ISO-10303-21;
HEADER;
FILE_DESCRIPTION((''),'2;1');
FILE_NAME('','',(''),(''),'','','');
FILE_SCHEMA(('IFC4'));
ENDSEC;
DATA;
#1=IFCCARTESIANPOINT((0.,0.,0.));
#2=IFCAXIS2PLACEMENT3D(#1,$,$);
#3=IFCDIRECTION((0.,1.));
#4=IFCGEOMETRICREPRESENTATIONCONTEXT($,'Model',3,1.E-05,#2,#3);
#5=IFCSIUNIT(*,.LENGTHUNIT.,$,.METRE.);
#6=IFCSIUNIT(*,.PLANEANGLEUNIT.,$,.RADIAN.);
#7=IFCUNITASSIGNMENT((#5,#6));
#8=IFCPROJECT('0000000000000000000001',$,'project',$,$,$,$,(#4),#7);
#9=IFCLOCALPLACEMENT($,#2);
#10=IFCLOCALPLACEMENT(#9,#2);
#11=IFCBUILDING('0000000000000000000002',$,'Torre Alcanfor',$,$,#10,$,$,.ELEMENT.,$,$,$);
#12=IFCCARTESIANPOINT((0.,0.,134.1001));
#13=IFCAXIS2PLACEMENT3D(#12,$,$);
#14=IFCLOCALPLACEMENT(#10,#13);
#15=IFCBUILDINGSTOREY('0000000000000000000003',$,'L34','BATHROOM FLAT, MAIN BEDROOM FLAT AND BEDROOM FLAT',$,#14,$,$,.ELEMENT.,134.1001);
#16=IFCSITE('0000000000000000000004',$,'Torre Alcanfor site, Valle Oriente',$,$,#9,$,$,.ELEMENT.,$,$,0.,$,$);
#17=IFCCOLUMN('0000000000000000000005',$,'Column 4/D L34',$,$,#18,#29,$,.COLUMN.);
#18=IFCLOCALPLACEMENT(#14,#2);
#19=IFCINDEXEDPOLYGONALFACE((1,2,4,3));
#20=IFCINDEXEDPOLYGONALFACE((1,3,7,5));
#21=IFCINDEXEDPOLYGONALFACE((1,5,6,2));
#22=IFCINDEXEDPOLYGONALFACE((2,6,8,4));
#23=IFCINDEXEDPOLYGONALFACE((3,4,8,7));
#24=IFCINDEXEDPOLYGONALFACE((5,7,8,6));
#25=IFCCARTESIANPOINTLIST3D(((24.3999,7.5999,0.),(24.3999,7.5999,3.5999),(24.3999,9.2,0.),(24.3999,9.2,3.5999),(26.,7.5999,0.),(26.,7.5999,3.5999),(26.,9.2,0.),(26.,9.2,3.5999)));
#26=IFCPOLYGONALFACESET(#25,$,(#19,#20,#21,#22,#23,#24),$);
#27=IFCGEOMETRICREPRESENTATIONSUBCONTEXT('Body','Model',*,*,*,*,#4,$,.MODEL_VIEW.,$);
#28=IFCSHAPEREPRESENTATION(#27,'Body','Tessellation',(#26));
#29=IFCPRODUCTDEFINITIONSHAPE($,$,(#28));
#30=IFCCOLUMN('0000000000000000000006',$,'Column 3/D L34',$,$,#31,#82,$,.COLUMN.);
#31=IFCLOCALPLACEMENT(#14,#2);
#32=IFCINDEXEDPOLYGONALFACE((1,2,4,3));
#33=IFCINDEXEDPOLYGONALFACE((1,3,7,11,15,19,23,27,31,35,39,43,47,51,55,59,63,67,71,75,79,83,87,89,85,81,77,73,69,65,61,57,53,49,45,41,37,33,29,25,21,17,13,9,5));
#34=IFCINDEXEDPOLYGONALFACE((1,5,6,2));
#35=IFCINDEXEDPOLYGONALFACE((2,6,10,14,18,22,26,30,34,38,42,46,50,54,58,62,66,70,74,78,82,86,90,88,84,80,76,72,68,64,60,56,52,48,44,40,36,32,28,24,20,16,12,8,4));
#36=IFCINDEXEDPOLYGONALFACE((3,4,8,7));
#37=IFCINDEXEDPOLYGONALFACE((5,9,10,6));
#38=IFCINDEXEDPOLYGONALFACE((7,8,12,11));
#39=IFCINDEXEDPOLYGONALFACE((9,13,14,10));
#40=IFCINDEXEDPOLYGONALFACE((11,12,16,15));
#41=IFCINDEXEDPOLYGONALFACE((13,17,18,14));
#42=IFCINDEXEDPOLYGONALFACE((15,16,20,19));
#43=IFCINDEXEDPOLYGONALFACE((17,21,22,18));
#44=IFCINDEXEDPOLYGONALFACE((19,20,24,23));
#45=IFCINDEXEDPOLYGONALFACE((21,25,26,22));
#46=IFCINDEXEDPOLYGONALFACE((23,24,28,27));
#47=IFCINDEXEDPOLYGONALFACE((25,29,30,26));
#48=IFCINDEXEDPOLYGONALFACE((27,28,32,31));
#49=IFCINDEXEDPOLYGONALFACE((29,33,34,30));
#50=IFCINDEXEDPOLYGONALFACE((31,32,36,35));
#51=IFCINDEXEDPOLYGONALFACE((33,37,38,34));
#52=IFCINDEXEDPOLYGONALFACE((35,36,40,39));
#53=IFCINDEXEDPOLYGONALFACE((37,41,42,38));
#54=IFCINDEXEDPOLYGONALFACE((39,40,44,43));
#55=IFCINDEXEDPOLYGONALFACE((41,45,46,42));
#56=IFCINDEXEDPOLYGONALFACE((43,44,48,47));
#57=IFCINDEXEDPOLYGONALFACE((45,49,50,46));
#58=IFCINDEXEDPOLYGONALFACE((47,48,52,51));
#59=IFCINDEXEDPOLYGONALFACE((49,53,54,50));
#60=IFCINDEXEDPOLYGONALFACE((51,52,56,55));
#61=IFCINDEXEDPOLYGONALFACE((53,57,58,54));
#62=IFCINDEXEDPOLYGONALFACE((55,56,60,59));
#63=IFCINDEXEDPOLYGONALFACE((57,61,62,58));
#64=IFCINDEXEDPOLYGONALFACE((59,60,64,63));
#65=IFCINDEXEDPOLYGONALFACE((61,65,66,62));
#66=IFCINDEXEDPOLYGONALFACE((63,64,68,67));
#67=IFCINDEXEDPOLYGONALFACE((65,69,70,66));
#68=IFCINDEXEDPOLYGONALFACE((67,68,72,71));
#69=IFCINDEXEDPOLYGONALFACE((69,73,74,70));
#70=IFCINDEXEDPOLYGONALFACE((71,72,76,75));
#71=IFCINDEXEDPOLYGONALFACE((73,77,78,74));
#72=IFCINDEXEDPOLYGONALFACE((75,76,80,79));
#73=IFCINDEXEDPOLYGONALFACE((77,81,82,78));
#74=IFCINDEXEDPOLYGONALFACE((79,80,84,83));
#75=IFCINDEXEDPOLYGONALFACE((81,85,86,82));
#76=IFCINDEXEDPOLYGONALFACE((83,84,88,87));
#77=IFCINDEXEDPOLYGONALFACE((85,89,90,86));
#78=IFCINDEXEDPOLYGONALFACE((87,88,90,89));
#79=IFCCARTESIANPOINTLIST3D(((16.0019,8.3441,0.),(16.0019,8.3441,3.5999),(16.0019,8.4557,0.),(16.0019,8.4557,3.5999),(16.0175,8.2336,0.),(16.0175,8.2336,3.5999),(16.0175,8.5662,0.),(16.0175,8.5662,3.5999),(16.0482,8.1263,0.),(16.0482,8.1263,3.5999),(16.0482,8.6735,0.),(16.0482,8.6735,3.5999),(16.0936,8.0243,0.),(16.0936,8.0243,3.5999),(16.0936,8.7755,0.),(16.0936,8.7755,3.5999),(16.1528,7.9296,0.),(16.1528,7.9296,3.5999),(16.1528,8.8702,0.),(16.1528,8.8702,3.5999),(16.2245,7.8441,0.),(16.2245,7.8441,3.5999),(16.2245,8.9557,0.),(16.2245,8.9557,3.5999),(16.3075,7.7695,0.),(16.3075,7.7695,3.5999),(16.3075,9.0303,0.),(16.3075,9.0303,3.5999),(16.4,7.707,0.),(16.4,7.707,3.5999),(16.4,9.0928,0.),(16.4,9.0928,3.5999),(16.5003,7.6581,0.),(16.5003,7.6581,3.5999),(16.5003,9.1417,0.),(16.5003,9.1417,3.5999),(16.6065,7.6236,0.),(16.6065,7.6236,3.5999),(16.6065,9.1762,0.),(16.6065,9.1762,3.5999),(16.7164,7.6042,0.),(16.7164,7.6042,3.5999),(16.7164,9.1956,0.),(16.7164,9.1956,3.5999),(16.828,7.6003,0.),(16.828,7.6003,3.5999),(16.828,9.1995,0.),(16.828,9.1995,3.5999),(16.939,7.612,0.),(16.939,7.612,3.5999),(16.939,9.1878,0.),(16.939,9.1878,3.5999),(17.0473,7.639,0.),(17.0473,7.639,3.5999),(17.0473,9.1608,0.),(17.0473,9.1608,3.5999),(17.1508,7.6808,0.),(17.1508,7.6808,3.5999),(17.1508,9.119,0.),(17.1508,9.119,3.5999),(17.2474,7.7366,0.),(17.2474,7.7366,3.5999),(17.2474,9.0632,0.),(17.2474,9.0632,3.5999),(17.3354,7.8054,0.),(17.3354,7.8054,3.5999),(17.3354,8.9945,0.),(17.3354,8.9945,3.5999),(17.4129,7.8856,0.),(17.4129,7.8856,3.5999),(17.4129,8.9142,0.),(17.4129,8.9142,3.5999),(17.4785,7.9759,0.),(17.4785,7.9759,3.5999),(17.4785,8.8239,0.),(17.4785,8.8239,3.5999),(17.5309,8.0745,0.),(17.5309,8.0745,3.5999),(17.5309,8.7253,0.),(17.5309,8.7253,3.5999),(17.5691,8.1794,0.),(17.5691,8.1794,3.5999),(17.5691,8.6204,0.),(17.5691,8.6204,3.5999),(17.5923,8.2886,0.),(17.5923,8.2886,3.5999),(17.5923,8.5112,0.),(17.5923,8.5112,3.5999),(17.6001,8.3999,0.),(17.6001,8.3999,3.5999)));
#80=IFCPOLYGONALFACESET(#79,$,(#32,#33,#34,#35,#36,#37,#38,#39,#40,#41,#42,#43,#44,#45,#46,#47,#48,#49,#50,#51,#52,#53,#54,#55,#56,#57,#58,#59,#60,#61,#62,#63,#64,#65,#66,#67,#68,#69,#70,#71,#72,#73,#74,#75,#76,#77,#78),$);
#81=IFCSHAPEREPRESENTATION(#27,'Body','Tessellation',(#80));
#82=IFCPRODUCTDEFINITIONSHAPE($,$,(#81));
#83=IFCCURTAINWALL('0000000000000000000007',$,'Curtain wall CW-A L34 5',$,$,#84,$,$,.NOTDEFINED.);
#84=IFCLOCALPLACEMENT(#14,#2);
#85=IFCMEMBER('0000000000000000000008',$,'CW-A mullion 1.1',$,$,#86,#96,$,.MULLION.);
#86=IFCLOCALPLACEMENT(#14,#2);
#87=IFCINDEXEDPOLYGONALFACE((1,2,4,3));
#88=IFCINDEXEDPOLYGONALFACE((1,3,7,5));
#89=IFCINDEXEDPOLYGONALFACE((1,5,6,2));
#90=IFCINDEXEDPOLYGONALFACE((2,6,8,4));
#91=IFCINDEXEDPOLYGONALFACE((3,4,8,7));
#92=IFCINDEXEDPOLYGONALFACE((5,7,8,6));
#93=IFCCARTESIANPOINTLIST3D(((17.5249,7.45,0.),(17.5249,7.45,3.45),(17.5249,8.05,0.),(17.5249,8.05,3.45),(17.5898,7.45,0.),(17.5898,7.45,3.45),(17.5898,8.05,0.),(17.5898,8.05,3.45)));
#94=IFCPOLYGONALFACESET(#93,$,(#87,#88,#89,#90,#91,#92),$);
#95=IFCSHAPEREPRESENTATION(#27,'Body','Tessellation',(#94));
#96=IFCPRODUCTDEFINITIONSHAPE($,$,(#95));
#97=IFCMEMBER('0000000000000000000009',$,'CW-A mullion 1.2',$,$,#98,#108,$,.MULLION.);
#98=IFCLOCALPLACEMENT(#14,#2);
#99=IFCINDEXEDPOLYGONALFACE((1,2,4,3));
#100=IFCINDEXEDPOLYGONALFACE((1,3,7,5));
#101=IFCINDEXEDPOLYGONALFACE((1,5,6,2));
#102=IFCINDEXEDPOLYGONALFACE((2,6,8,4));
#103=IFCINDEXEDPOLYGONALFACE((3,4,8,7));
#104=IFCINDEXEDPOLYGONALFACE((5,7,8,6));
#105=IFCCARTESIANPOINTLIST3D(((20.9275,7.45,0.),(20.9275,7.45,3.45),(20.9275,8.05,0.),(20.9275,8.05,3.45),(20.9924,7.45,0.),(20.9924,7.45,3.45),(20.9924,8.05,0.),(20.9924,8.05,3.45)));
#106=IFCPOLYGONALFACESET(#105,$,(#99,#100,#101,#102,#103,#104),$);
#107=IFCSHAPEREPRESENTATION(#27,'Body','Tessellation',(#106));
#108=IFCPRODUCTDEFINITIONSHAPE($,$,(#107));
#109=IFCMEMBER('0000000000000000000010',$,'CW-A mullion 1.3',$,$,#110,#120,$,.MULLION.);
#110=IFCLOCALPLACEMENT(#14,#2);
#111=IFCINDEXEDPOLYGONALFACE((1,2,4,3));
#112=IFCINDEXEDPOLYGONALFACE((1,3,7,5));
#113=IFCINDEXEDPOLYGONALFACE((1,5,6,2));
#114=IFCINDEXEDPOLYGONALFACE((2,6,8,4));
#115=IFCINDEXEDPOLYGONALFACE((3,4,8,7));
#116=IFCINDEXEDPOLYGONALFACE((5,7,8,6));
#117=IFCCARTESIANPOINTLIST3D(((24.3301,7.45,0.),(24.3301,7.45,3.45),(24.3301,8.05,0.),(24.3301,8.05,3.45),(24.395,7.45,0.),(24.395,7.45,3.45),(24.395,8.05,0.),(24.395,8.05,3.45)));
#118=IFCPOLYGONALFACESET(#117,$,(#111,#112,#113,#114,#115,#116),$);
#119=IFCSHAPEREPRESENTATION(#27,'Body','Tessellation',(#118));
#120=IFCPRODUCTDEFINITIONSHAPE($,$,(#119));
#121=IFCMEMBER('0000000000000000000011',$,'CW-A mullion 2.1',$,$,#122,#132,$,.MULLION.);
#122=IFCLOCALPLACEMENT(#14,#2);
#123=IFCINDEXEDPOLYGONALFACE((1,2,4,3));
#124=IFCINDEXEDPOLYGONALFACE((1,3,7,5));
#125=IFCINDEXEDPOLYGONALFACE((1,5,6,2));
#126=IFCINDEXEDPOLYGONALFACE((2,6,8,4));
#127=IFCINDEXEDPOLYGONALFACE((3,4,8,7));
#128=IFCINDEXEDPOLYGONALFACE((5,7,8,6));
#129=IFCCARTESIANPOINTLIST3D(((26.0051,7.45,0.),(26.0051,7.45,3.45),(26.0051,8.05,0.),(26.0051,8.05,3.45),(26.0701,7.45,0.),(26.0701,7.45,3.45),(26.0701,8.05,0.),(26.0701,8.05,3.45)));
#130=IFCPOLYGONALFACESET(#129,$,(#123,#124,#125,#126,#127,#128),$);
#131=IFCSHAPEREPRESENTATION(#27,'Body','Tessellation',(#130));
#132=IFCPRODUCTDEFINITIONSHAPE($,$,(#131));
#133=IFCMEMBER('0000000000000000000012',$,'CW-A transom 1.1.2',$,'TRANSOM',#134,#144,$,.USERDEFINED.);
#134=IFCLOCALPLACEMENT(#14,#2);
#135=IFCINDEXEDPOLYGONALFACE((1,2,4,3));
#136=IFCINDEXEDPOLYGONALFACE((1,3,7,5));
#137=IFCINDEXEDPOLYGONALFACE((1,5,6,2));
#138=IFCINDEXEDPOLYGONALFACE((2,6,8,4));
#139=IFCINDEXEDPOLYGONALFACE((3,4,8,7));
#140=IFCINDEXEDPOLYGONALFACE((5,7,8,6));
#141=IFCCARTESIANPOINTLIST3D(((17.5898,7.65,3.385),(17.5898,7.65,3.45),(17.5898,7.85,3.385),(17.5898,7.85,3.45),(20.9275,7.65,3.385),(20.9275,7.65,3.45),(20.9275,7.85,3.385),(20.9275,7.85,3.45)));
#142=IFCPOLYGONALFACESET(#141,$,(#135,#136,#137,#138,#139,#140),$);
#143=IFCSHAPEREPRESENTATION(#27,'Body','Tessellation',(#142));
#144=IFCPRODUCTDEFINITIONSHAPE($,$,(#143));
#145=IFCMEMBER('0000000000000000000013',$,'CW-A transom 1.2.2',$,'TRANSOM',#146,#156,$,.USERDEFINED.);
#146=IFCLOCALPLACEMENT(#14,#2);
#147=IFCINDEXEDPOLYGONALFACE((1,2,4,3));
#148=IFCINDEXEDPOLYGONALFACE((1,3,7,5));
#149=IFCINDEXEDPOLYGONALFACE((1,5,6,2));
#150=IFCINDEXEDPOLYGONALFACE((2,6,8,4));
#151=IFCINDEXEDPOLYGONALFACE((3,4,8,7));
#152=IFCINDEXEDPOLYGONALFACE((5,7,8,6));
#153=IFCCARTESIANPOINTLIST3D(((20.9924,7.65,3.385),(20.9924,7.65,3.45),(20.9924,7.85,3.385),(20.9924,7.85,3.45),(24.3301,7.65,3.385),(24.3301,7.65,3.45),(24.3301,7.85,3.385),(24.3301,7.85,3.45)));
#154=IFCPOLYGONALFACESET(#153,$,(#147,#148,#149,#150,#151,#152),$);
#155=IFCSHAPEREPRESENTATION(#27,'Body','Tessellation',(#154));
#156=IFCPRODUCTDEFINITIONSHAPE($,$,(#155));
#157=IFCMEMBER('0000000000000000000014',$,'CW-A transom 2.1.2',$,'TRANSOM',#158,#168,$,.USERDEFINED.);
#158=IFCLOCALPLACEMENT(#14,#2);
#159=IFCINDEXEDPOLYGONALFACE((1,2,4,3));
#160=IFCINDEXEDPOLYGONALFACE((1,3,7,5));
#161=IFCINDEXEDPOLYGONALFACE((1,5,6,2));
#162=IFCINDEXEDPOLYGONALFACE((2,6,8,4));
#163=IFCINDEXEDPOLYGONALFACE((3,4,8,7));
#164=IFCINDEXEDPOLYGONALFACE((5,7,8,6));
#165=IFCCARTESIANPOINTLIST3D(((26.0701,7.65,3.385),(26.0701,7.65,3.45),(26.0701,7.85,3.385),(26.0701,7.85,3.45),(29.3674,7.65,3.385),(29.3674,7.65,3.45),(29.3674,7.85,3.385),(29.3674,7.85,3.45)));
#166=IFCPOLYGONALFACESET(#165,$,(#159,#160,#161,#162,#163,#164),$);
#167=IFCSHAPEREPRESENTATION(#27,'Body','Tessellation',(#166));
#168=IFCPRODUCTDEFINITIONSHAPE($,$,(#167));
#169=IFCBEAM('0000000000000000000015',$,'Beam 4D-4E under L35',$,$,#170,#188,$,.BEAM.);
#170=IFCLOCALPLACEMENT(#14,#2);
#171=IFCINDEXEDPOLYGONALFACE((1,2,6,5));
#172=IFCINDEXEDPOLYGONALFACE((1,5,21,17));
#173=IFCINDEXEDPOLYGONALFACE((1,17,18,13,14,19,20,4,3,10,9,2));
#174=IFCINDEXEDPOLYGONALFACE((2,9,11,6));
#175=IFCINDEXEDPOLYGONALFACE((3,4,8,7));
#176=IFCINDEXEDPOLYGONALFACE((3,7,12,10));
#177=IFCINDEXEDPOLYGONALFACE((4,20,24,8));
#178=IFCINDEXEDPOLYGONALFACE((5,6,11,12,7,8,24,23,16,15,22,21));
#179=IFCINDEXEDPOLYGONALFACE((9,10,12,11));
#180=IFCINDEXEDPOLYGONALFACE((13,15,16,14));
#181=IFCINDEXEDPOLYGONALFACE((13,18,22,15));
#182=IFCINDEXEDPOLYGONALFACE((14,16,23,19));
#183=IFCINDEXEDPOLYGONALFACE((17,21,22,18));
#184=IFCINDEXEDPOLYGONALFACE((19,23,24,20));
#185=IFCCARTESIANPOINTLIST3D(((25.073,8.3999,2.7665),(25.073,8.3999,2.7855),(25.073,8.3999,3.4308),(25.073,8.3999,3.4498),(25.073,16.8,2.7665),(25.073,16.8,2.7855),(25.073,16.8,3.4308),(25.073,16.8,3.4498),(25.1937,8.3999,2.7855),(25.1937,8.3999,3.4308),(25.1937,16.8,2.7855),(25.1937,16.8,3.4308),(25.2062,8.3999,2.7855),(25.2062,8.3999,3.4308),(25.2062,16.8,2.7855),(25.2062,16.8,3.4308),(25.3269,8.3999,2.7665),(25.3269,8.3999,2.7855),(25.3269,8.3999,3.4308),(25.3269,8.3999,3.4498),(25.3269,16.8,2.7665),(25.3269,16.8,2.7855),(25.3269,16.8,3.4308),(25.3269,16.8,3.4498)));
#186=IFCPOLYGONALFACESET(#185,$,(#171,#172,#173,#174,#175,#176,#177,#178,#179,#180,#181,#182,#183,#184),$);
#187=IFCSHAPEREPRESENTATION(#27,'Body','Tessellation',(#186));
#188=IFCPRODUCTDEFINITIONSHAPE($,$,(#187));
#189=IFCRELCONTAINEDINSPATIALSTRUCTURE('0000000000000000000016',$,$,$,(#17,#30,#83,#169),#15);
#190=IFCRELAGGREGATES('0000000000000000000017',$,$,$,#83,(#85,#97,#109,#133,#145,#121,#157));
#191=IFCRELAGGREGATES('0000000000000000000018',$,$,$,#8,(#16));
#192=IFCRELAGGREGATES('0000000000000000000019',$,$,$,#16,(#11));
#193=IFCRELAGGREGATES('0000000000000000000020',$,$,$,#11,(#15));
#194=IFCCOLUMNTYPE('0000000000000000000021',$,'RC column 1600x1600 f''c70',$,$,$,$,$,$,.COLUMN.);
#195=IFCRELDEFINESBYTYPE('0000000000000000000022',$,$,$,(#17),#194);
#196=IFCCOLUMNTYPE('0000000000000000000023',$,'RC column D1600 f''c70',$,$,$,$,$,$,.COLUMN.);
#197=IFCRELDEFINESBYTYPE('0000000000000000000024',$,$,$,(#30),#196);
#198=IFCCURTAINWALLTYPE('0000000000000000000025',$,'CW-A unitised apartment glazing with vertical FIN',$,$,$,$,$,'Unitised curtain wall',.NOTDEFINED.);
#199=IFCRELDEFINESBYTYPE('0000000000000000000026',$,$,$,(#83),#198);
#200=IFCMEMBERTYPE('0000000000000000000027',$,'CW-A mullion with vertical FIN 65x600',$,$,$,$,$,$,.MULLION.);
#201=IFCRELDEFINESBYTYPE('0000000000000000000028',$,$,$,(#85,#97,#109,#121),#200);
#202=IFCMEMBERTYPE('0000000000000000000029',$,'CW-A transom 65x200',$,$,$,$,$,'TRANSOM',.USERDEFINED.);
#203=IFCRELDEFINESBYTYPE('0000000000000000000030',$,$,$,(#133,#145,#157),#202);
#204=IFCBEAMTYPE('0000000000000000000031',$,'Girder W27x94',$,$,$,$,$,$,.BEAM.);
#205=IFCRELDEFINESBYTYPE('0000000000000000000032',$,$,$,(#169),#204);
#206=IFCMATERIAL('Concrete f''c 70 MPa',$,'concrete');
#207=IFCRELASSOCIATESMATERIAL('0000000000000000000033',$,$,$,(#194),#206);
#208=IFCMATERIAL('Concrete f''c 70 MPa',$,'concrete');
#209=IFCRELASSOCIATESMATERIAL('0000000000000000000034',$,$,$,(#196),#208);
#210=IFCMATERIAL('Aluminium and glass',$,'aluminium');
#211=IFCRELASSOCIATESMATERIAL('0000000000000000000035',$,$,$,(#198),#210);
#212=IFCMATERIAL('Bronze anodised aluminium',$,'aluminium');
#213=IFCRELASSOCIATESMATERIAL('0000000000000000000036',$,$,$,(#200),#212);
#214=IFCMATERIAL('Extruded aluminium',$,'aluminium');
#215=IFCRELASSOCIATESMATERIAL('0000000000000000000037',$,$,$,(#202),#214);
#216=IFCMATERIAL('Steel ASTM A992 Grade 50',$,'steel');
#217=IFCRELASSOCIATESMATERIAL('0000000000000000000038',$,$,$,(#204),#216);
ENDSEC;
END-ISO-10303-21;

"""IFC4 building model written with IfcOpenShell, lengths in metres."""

from ifc_helpers import new_model, si_unit, direction, frame, origin, origin_2d, place, context, subcontext, project, spatial, rectangle, circle, i_section, extrude, material, material_profile, profile_set, type_object, element, aggregate, save


model = new_model("IFC4")

# Units and contexts
model_context = context("Model", 3, precision=1e-05, world=origin(), true_north=direction((0.0, 1.0)))
body_context = subcontext(model_context, "Body", "Model", "MODEL_VIEW")
ifc_project = project(units=[si_unit("LENGTHUNIT", "METRE"), si_unit("PLANEANGLEUNIT", "RADIAN")], contexts=[model_context])

# Site, building, storey
site_placement = place(None, origin())
site = spatial("IfcSite", under=ifc_project, at=site_placement, Name="Torre Alcanfor site, Valle Oriente", CompositionType="ELEMENT", RefElevation=0.0)
building_placement = place(site_placement, origin())
building = spatial("IfcBuilding", under=site, at=building_placement, Name="Torre Alcanfor", CompositionType="ELEMENT")
storey_placement = place(building_placement, frame((0.0, 0.0, 134.1001)))
storey = spatial("IfcBuildingStorey", under=building, at=storey_placement, Name="L34", Description="BATHROOM FLAT, MAIN BEDROOM FLAT AND BEDROOM FLAT", CompositionType="ELEMENT", Elevation=134.1001)

# Columns
ifc_material_1 = material(Name="Concrete f'c 70 MPa", Category="concrete")
ifc_material_profile_1 = material_profile(ifc_material_1, rectangle(XDim=1.6001, YDim=1.6001, at=origin_2d()), Name="1600x1600")
ifc_profile_set_1 = profile_set([ifc_material_profile_1], Name="Concrete f'c 70 MPa")
column_type_1 = type_object("IfcColumnType", Name="RC column 1600x1600 f'c70", PredefinedType="COLUMN", material=ifc_profile_set_1)
column_1_placement = place(storey_placement, frame((25.2, 8.3999, 0.0), z_axis=(0.0, 0.0, 1.0), x_axis=(1.0, 0.0, 0.0)))
element("IfcColumn", 1, at=column_1_placement, inside=storey, type_object=column_type_1, Name="Column 4/D L34", PredefinedType="COLUMN", context=body_context, shape_type="SweptSolid", body=[
    extrude(rectangle(XDim=1.6001, YDim=1.6001, at=origin_2d()), origin(), (0.0, 0.0, 1.0), 3.5999),
])
ifc_material_2 = material(Name="Concrete f'c 70 MPa", Category="concrete")
ifc_material_profile_2 = material_profile(ifc_material_2, circle(Radius=0.8, at=origin_2d()), Name="D1600")
ifc_profile_set_2 = profile_set([ifc_material_profile_2], Name="Concrete f'c 70 MPa")
column_type_2 = type_object("IfcColumnType", Name="RC column D1600 f'c70", PredefinedType="COLUMN", material=ifc_profile_set_2)
column_2_placement = place(storey_placement, frame((16.8, 8.3999, 0.0), z_axis=(0.0, 0.0, 1.0), x_axis=(1.0, 0.0, 0.0)))
element("IfcColumn", 2, at=column_2_placement, inside=storey, type_object=column_type_2, Name="Column 3/D L34", PredefinedType="COLUMN", context=body_context, shape_type="SweptSolid", body=[
    extrude(circle(Radius=0.8, at=origin_2d()), origin(), (0.0, 0.0, 1.0), 3.5999),
])

# Curtain wall, members
ifc_material_3 = material(Name="Aluminium and glass", Category="aluminium")
curtain_wall_type = type_object("IfcCurtainWallType", Name="CW-A unitised apartment glazing with vertical FIN", ElementType="Unitised curtain wall", PredefinedType="NOTDEFINED", material=ifc_material_3)
curtain_wall_placement = place(storey_placement, origin())
curtain_wall = element("IfcCurtainWall", 3, at=curtain_wall_placement, inside=storey, type_object=curtain_wall_type, Name="Curtain wall CW-A L34 5", PredefinedType="NOTDEFINED")
ifc_material_4 = material(Name="Bronze anodised aluminium", Category="aluminium")
ifc_material_profile_3 = material_profile(ifc_material_4, rectangle(XDim=0.6001, YDim=0.0649, at=origin_2d()), Name="CW-A mullion 65x600")
ifc_profile_set_3 = profile_set([ifc_material_profile_3], Name="Bronze anodised aluminium")
member_type_1 = type_object("IfcMemberType", Name="CW-A mullion with vertical FIN 65x600", PredefinedType="MULLION", material=ifc_profile_set_3)
member_1_placement = place(storey_placement, frame((17.5574, 7.75, 0.0), z_axis=(0.0, 0.0, 1.0), x_axis=(0.0, 1.0, 0.0)))
member_1 = element("IfcMember", 4, at=member_1_placement, type_object=member_type_1, Name="CW-A mullion 1.1", PredefinedType="MULLION", context=body_context, shape_type="SweptSolid", body=[
    extrude(rectangle(XDim=0.6001, YDim=0.0649, at=origin_2d()), origin(), (0.0, 0.0, 1.0), 3.45),
])
member_2_placement = place(storey_placement, frame((20.96, 7.75, 0.0), z_axis=(0.0, 0.0, 1.0), x_axis=(0.0, 1.0, 0.0)))
member_2 = element("IfcMember", 5, at=member_2_placement, type_object=member_type_1, Name="CW-A mullion 1.2", PredefinedType="MULLION", context=body_context, shape_type="SweptSolid", body=[
    extrude(rectangle(XDim=0.6001, YDim=0.0649, at=origin_2d()), origin(), (0.0, 0.0, 1.0), 3.45),
])
member_3_placement = place(storey_placement, frame((24.3625, 7.75, 0.0), z_axis=(0.0, 0.0, 1.0), x_axis=(0.0, 1.0, 0.0)))
member_3 = element("IfcMember", 6, at=member_3_placement, type_object=member_type_1, Name="CW-A mullion 1.3", PredefinedType="MULLION", context=body_context, shape_type="SweptSolid", body=[
    extrude(rectangle(XDim=0.6001, YDim=0.0649, at=origin_2d()), origin(), (0.0, 0.0, 1.0), 3.45),
])
member_4_placement = place(storey_placement, frame((26.0376, 7.75, 0.0), z_axis=(0.0, 0.0, 1.0), x_axis=(0.0, 1.0, 0.0)))
member_4 = element("IfcMember", 7, at=member_4_placement, type_object=member_type_1, Name="CW-A mullion 2.1", PredefinedType="MULLION", context=body_context, shape_type="SweptSolid", body=[
    extrude(rectangle(XDim=0.6001, YDim=0.0649, at=origin_2d()), origin(), (0.0, 0.0, 1.0), 3.45),
])
ifc_material_5 = material(Name="Extruded aluminium", Category="aluminium")
ifc_material_profile_4 = material_profile(ifc_material_5, rectangle(XDim=0.2, YDim=0.0649, at=origin_2d()), Name="CW-A transom 200x65")
ifc_profile_set_4 = profile_set([ifc_material_profile_4], Name="Extruded aluminium")
member_type_2 = type_object("IfcMemberType", Name="CW-A transom 65x200", ElementType="TRANSOM", PredefinedType="USERDEFINED", material=ifc_profile_set_4)
member_5_placement = place(storey_placement, frame((17.5898, 7.75, 3.4175), z_axis=(1.0, 0.0, 0.0), x_axis=(0.0, 1.0, 0.0)))
member_5 = element("IfcMember", 8, at=member_5_placement, type_object=member_type_2, Name="CW-A transom 1.1.2", ObjectType="TRANSOM", PredefinedType="USERDEFINED", context=body_context, shape_type="SweptSolid", body=[
    extrude(rectangle(XDim=0.2, YDim=0.0649, at=origin_2d()), origin(), (0.0, 0.0, 1.0), 3.3376),
])
member_6_placement = place(storey_placement, frame((20.9924, 7.75, 3.4175), z_axis=(1.0, 0.0, 0.0), x_axis=(0.0, 1.0, 0.0)))
member_6 = element("IfcMember", 9, at=member_6_placement, type_object=member_type_2, Name="CW-A transom 1.2.2", ObjectType="TRANSOM", PredefinedType="USERDEFINED", context=body_context, shape_type="SweptSolid", body=[
    extrude(rectangle(XDim=0.2, YDim=0.0649, at=origin_2d()), origin(), (0.0, 0.0, 1.0), 3.3376),
])
member_7_placement = place(storey_placement, frame((26.0701, 7.75, 3.4175), z_axis=(1.0, 0.0, 0.0), x_axis=(0.0, 1.0, 0.0)))
member_7 = element("IfcMember", 10, at=member_7_placement, type_object=member_type_2, Name="CW-A transom 2.1.2", ObjectType="TRANSOM", PredefinedType="USERDEFINED", context=body_context, shape_type="SweptSolid", body=[
    extrude(rectangle(XDim=0.2, YDim=0.0649, at=origin_2d()), origin(), (0.0, 0.0, 1.0), 3.2974),
])

# Beam
ifc_material_6 = material(Name="Steel ASTM A992 Grade 50", Category="steel")
ifc_material_profile_5 = material_profile(ifc_material_6, i_section(OverallWidth=0.2539, OverallDepth=0.6833, WebThickness=0.0125, FlangeThickness=0.019, at=origin_2d()), Name="W27x94")
ifc_profile_set_5 = profile_set([ifc_material_profile_5], Name="Steel ASTM A992 Grade 50")
beam_type_1 = type_object("IfcBeamType", Name="Girder W27x94", PredefinedType="BEAM", material=ifc_profile_set_5)
beam_1_placement = place(storey_placement, frame((25.2, 8.3999, 3.1082), z_axis=(0.0, 1.0, 0.0), x_axis=(-1.0, 0.0, 0.0)))
element("IfcBeam", 11, at=beam_1_placement, inside=storey, type_object=beam_type_1, Name="Beam 4D-4E under L35", PredefinedType="BEAM", context=body_context, shape_type="SweptSolid", body=[
    extrude(i_section(OverallWidth=0.2539, OverallDepth=0.6833, WebThickness=0.0125, FlangeThickness=0.019, at=origin_2d()), origin(), (0.0, 0.0, 1.0), 8.4001),
])

aggregate(curtain_wall, [member_1, member_2, member_3, member_5, member_6, member_4, member_7])

save(model, "model.ifc")
